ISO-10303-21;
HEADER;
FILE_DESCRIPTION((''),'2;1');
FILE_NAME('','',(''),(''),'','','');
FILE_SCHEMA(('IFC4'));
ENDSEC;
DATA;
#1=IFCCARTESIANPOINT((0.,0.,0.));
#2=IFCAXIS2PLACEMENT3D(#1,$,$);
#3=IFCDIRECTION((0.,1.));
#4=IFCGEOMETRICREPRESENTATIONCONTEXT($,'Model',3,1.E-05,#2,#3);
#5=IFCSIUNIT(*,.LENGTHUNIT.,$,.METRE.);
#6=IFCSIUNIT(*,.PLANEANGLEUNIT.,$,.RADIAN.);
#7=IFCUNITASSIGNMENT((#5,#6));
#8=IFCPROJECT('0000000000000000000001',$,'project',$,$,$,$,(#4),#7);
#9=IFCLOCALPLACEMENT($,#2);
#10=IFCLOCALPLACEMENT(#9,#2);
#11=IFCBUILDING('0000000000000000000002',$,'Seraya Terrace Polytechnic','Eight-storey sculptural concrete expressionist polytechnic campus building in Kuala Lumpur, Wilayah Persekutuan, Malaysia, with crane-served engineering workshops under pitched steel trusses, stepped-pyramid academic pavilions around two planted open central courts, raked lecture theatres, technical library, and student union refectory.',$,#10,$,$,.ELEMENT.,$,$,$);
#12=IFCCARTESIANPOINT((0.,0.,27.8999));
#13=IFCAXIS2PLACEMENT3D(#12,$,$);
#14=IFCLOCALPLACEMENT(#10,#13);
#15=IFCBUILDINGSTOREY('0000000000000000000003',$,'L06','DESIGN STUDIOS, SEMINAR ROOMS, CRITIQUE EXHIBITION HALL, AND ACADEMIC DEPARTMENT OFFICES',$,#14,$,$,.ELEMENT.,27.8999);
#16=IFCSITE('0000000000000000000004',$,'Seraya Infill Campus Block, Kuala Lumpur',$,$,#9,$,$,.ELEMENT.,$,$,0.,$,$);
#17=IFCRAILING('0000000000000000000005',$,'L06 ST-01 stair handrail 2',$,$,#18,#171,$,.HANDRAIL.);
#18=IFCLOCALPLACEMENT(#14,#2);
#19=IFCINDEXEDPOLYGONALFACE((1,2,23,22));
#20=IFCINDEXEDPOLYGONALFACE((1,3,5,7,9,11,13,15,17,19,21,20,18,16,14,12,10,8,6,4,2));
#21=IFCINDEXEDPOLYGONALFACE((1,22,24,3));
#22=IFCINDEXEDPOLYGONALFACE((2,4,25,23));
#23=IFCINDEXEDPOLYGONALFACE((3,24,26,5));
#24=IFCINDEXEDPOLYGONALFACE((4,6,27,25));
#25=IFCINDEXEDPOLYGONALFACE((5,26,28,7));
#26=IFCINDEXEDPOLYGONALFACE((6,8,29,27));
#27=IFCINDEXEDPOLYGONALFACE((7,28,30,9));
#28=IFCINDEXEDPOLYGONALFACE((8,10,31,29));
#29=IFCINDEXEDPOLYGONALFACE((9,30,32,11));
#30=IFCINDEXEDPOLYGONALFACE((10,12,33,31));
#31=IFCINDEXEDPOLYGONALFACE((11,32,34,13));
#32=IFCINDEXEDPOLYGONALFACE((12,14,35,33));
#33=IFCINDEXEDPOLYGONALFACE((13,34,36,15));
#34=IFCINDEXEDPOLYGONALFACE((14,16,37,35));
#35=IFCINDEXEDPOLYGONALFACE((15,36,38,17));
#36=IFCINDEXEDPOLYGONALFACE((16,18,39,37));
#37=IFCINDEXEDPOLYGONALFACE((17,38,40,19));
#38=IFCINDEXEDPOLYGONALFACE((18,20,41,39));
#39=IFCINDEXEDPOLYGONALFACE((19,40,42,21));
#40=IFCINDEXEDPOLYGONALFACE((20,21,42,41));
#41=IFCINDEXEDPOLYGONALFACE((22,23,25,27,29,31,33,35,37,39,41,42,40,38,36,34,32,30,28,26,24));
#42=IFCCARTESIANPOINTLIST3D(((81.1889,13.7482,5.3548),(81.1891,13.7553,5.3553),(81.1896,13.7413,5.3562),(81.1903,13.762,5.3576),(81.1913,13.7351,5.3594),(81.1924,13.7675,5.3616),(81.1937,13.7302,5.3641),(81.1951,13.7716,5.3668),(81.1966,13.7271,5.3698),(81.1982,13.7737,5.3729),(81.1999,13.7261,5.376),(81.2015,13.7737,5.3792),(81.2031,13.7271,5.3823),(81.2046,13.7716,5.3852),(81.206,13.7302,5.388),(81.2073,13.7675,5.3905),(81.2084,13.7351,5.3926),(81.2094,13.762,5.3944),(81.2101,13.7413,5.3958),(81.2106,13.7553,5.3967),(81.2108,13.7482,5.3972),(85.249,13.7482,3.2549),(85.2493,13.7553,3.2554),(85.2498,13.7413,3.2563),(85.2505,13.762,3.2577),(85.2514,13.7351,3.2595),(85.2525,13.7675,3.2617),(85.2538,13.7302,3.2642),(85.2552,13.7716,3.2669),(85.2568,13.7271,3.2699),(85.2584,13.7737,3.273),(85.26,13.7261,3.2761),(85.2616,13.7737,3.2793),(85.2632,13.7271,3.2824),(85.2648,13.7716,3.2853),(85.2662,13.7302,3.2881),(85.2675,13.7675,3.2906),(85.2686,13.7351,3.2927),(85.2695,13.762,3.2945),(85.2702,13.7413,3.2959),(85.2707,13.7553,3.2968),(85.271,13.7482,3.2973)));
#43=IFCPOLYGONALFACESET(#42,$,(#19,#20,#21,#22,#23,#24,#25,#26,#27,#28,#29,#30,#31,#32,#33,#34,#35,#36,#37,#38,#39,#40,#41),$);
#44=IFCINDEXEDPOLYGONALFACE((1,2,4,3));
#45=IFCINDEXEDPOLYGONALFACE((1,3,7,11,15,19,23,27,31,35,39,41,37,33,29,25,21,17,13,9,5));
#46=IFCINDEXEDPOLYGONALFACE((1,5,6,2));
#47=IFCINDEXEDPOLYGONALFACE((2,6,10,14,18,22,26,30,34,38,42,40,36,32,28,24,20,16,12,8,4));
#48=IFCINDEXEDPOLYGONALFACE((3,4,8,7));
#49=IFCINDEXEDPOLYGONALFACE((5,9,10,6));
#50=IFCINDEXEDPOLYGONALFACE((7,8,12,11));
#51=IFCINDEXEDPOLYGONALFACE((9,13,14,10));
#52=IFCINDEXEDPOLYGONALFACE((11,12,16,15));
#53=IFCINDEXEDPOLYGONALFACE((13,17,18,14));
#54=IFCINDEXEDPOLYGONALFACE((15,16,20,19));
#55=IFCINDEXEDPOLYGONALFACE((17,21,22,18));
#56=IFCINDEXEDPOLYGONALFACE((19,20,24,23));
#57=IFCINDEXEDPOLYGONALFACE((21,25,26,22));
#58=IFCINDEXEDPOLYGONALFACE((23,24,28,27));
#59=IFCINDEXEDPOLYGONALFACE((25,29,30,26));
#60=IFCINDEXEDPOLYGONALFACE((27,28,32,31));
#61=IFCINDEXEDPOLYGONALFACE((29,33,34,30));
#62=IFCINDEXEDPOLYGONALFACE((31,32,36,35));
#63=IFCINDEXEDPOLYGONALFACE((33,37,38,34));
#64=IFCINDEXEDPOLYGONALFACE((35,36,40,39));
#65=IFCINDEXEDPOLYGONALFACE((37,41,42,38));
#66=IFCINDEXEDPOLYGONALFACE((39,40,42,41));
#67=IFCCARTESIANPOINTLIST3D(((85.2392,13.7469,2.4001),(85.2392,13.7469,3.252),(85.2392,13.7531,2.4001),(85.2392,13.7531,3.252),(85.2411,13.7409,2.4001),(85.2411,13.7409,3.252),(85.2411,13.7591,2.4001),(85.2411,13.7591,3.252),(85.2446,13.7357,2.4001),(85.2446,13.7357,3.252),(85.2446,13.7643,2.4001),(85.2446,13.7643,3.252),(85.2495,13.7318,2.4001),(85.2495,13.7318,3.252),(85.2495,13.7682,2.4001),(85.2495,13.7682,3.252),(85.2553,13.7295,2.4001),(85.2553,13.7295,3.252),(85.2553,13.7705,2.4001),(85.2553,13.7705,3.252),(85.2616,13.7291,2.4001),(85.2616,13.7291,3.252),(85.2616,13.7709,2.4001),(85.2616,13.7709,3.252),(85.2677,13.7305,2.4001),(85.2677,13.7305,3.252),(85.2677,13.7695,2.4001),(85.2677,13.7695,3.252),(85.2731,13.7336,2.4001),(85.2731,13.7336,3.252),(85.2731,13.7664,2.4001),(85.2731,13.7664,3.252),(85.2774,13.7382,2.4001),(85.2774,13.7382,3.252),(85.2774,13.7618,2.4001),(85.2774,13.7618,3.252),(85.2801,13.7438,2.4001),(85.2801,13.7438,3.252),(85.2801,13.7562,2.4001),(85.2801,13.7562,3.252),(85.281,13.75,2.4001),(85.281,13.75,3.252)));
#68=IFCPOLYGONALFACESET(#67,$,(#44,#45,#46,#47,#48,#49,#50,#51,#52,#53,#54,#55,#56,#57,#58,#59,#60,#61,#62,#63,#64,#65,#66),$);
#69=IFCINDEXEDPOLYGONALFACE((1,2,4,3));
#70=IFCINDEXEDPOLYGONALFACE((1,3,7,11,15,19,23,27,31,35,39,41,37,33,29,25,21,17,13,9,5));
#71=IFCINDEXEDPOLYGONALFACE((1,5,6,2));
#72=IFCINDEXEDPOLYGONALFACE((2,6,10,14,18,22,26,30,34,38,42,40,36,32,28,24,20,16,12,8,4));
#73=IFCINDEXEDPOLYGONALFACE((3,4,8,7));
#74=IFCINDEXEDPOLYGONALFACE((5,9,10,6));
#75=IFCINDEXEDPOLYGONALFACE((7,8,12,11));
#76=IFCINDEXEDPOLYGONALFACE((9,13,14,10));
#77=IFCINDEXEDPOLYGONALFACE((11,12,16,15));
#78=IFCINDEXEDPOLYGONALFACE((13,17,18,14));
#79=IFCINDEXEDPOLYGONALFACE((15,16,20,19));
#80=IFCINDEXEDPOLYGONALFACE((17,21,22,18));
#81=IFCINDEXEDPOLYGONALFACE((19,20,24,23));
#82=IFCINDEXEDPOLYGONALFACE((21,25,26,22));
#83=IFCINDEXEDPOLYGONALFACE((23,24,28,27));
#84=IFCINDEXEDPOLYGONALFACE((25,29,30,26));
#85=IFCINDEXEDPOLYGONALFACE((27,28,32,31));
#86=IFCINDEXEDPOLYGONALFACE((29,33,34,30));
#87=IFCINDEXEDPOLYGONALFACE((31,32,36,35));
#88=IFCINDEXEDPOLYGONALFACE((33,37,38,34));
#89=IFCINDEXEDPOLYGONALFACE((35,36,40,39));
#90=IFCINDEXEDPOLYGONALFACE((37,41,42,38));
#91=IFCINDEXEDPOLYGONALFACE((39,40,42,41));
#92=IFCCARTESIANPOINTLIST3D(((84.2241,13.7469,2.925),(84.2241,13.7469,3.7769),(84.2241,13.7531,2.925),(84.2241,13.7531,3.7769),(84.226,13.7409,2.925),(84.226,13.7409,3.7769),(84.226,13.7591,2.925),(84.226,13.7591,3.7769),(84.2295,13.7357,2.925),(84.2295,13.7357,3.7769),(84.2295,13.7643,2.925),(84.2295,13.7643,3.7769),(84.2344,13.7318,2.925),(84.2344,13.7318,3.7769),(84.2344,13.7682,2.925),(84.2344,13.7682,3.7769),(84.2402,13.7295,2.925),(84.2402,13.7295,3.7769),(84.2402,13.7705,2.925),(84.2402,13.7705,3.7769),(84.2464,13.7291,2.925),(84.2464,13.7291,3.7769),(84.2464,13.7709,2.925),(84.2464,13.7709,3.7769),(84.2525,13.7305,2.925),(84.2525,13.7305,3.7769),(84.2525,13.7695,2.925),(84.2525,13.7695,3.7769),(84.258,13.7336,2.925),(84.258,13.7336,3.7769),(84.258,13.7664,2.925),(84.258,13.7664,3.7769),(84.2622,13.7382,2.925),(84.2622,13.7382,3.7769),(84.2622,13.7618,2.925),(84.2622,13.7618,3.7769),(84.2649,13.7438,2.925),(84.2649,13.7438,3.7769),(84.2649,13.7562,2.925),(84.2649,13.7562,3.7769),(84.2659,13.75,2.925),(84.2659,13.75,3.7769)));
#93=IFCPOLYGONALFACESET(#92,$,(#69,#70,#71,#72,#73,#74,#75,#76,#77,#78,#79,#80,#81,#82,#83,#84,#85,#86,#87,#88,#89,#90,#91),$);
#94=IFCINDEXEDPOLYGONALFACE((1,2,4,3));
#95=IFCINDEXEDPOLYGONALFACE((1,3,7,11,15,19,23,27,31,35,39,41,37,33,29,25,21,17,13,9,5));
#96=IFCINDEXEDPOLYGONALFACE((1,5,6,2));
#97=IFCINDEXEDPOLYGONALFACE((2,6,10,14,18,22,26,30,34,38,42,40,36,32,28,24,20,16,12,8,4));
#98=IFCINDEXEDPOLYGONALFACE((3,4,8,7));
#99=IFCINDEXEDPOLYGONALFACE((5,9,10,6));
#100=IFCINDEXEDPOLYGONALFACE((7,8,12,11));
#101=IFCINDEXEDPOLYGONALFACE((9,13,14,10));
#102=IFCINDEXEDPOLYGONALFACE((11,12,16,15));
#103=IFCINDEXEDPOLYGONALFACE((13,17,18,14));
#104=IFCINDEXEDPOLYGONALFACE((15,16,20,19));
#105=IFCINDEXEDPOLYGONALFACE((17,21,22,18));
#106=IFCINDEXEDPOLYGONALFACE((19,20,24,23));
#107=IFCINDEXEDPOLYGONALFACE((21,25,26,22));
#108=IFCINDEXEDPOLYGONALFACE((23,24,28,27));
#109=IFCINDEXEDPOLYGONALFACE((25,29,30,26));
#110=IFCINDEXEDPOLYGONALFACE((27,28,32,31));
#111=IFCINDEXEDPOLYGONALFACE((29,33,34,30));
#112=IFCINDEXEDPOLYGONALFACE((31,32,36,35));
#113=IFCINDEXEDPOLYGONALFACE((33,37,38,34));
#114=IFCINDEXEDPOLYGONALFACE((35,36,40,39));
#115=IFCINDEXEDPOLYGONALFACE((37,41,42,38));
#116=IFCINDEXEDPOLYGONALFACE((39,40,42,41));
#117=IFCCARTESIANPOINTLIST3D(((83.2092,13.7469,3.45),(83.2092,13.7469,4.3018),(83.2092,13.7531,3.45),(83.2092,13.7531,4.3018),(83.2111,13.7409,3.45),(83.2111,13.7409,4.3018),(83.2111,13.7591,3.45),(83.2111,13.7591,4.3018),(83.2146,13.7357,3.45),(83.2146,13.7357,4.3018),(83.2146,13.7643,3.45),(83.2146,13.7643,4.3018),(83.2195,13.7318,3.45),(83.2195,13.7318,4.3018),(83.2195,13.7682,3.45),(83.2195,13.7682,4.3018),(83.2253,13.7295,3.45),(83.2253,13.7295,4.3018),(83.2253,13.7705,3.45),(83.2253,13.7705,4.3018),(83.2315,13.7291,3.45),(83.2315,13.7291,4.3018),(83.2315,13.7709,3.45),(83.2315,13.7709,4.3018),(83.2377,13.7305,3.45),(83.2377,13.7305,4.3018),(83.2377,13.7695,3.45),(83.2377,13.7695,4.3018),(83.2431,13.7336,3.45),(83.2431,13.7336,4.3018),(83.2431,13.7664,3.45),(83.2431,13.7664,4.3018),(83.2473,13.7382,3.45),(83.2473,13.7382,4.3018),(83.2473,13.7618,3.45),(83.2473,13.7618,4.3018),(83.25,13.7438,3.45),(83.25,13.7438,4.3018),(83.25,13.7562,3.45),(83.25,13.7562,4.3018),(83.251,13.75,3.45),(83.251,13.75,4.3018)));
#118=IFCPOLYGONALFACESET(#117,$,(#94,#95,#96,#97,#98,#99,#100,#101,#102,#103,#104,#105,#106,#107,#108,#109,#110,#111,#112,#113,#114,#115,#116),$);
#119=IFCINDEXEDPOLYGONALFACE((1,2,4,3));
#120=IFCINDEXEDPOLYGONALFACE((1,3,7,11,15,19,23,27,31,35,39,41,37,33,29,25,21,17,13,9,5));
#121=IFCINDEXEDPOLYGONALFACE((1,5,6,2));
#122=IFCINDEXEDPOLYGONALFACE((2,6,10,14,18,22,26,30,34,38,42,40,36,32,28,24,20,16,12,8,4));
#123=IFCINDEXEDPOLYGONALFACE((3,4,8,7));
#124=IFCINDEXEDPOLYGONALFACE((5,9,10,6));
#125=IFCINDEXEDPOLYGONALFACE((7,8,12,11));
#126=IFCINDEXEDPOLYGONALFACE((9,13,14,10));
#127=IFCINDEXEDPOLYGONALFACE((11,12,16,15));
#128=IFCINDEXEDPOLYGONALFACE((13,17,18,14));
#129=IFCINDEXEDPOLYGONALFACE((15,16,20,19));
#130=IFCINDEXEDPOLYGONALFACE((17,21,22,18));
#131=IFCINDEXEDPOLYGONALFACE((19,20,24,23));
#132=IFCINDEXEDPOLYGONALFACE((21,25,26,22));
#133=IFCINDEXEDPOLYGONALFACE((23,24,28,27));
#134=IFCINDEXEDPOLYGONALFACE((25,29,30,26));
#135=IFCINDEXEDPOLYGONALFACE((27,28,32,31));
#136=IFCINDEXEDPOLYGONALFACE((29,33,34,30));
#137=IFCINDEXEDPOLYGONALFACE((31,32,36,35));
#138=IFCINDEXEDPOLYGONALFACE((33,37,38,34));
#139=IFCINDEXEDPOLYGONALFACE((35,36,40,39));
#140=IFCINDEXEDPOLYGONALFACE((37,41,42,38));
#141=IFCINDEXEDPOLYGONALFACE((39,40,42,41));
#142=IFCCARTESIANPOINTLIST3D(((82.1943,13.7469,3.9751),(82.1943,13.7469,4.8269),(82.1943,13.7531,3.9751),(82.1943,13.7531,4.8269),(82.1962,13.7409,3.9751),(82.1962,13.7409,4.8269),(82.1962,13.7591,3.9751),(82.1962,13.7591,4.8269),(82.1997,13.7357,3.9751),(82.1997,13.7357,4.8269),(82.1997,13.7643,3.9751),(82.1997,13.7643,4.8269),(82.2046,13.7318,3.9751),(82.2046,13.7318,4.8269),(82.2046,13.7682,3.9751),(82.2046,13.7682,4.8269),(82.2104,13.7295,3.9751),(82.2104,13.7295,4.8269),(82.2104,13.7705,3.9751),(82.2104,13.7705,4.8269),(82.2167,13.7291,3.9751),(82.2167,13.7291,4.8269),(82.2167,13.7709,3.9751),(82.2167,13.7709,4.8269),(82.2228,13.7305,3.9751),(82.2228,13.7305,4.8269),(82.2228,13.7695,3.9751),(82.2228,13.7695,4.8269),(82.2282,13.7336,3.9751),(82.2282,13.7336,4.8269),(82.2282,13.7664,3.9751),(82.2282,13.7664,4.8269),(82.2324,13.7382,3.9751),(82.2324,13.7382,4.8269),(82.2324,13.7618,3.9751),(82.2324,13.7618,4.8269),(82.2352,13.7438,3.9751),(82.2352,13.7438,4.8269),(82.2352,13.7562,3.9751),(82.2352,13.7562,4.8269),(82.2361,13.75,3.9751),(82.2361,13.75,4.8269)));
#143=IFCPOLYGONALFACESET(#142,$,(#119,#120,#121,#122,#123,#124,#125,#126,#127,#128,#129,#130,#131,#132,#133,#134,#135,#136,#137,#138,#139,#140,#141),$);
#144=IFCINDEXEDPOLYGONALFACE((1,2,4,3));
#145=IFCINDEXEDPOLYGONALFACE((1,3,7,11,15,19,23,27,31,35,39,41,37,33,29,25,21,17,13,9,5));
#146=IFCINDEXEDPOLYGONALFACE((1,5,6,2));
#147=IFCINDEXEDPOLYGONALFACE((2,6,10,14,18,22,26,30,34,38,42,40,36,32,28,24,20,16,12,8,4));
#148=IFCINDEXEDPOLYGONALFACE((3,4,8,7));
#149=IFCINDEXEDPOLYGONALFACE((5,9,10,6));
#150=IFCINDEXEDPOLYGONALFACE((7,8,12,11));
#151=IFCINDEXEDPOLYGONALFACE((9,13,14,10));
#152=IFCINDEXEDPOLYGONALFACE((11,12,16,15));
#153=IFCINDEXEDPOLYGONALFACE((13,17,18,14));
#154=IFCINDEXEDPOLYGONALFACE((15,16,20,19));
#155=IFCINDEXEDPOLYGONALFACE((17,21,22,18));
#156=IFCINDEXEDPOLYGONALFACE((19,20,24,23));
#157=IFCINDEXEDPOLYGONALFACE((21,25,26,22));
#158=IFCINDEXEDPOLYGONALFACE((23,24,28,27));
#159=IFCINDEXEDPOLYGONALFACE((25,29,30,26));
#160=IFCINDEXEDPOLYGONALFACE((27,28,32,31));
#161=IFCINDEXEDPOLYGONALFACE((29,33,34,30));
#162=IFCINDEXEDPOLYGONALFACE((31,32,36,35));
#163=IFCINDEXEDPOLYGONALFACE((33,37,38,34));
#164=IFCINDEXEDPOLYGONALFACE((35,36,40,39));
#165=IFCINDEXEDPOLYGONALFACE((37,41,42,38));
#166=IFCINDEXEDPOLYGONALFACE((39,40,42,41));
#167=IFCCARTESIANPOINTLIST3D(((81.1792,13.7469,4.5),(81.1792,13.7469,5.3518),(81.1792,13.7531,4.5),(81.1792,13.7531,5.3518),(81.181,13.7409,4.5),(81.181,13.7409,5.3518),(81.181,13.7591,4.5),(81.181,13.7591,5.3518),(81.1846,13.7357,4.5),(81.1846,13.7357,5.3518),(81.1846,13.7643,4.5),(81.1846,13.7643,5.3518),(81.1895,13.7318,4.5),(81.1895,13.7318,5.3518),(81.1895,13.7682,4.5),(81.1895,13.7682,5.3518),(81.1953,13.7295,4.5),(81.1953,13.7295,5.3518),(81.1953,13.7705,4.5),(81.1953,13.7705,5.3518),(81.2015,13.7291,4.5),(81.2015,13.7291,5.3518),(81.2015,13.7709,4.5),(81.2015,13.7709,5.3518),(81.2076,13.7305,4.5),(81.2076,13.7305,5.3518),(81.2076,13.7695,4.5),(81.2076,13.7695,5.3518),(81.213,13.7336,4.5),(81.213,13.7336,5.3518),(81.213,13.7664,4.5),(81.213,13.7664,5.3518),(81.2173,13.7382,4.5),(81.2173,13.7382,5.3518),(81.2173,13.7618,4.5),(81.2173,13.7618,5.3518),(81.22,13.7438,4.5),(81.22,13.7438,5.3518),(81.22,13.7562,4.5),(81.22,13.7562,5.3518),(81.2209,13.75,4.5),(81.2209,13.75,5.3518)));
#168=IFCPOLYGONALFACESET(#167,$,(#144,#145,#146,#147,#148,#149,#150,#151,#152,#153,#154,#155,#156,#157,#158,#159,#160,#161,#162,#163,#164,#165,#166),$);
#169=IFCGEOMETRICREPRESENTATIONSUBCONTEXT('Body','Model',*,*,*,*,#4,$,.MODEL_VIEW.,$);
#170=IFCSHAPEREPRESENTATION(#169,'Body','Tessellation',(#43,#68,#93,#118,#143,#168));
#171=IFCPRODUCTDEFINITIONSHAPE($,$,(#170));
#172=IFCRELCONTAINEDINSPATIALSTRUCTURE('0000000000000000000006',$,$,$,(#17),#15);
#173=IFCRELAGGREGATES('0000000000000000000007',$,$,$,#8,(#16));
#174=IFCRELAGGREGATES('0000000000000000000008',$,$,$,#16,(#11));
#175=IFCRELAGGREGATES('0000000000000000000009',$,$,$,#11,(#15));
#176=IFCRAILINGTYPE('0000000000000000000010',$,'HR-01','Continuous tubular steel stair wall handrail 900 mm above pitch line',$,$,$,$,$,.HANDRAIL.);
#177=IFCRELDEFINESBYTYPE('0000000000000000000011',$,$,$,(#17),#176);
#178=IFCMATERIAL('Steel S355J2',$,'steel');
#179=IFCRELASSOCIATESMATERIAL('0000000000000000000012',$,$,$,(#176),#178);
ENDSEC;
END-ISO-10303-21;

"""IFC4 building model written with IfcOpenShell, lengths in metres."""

from ifc_helpers import new_model, si_unit, direction, frame, origin, origin_2d, place, context, subcontext, project, spatial, circle, extrude, material, type_object, element, save


model = new_model("IFC4")

# Units and contexts
model_context = context("Model", 3, precision=1e-05, world=origin(), true_north=direction((0.0, 1.0)))
body_context = subcontext(model_context, "Body", "Model", "MODEL_VIEW")
ifc_project = project(units=[si_unit("LENGTHUNIT", "METRE"), si_unit("PLANEANGLEUNIT", "RADIAN")], contexts=[model_context])

# Site, building, storey
site_placement = place(None, origin())
site = spatial("IfcSite", under=ifc_project, at=site_placement, Name="Seraya Infill Campus Block, Kuala Lumpur", CompositionType="ELEMENT", RefElevation=0.0)
building_placement = place(site_placement, origin())
building = spatial("IfcBuilding", under=site, at=building_placement, Name="Seraya Terrace Polytechnic", Description="Eight-storey sculptural concrete expressionist polytechnic campus building in Kuala Lumpur, Wilayah Persekutuan, Malaysia, with crane-served engineering workshops under pitched steel trusses, stepped-pyramid academic pavilions around two planted open central courts, raked lecture theatres, technical library, and student union refectory.", CompositionType="ELEMENT")
storey_placement = place(building_placement, frame((0.0, 0.0, 27.8999)))
storey = spatial("IfcBuildingStorey", under=building, at=storey_placement, Name="L06", Description="DESIGN STUDIOS, SEMINAR ROOMS, CRITIQUE EXHIBITION HALL, AND ACADEMIC DEPARTMENT OFFICES", CompositionType="ELEMENT", Elevation=27.8999)

# Railing
ifc_material_1 = material(Name="Steel S355J2", Category="steel")
railing_type = type_object("IfcRailingType", Name="HR-01", Description="Continuous tubular steel stair wall handrail 900 mm above pitch line", PredefinedType="HANDRAIL", material=ifc_material_1)
railing_placement = place(storey_placement, frame((85.26, 13.75, 2.4001)))
element("IfcRailing", 1, at=railing_placement, inside=storey, type_object=railing_type, Name="L06 ST-01 stair handrail 2", PredefinedType="HANDRAIL", context=body_context, shape_type="SweptSolid", body=[
    extrude(circle(Radius=0.0239, at=origin_2d()), frame((0.0, 0.0, 0.876), z_axis=(-0.888233, 0.0, 0.459392), x_axis=(0.0, -1.0, 0.0)), (0.0, 0.0, 1.0), 4.571),
    extrude(circle(Radius=0.021, at=origin_2d()), origin(), (0.0, 0.0, 1.0), 0.8518),
    extrude(circle(Radius=0.021, at=origin_2d()), frame((-1.0151, 0.0, 0.5249)), (0.0, 0.0, 1.0), 0.8518),
    extrude(circle(Radius=0.021, at=origin_2d()), frame((-2.03, 0.0, 1.0498)), (0.0, 0.0, 1.0), 0.8518),
    extrude(circle(Radius=0.021, at=origin_2d()), frame((-3.0449, 0.0, 1.575)), (0.0, 0.0, 1.0), 0.8518),
    extrude(circle(Radius=0.021, at=origin_2d()), frame((-4.0601, 0.0, 2.0999)), (0.0, 0.0, 1.0), 0.8518),
])

save(model, "model.ifc")
